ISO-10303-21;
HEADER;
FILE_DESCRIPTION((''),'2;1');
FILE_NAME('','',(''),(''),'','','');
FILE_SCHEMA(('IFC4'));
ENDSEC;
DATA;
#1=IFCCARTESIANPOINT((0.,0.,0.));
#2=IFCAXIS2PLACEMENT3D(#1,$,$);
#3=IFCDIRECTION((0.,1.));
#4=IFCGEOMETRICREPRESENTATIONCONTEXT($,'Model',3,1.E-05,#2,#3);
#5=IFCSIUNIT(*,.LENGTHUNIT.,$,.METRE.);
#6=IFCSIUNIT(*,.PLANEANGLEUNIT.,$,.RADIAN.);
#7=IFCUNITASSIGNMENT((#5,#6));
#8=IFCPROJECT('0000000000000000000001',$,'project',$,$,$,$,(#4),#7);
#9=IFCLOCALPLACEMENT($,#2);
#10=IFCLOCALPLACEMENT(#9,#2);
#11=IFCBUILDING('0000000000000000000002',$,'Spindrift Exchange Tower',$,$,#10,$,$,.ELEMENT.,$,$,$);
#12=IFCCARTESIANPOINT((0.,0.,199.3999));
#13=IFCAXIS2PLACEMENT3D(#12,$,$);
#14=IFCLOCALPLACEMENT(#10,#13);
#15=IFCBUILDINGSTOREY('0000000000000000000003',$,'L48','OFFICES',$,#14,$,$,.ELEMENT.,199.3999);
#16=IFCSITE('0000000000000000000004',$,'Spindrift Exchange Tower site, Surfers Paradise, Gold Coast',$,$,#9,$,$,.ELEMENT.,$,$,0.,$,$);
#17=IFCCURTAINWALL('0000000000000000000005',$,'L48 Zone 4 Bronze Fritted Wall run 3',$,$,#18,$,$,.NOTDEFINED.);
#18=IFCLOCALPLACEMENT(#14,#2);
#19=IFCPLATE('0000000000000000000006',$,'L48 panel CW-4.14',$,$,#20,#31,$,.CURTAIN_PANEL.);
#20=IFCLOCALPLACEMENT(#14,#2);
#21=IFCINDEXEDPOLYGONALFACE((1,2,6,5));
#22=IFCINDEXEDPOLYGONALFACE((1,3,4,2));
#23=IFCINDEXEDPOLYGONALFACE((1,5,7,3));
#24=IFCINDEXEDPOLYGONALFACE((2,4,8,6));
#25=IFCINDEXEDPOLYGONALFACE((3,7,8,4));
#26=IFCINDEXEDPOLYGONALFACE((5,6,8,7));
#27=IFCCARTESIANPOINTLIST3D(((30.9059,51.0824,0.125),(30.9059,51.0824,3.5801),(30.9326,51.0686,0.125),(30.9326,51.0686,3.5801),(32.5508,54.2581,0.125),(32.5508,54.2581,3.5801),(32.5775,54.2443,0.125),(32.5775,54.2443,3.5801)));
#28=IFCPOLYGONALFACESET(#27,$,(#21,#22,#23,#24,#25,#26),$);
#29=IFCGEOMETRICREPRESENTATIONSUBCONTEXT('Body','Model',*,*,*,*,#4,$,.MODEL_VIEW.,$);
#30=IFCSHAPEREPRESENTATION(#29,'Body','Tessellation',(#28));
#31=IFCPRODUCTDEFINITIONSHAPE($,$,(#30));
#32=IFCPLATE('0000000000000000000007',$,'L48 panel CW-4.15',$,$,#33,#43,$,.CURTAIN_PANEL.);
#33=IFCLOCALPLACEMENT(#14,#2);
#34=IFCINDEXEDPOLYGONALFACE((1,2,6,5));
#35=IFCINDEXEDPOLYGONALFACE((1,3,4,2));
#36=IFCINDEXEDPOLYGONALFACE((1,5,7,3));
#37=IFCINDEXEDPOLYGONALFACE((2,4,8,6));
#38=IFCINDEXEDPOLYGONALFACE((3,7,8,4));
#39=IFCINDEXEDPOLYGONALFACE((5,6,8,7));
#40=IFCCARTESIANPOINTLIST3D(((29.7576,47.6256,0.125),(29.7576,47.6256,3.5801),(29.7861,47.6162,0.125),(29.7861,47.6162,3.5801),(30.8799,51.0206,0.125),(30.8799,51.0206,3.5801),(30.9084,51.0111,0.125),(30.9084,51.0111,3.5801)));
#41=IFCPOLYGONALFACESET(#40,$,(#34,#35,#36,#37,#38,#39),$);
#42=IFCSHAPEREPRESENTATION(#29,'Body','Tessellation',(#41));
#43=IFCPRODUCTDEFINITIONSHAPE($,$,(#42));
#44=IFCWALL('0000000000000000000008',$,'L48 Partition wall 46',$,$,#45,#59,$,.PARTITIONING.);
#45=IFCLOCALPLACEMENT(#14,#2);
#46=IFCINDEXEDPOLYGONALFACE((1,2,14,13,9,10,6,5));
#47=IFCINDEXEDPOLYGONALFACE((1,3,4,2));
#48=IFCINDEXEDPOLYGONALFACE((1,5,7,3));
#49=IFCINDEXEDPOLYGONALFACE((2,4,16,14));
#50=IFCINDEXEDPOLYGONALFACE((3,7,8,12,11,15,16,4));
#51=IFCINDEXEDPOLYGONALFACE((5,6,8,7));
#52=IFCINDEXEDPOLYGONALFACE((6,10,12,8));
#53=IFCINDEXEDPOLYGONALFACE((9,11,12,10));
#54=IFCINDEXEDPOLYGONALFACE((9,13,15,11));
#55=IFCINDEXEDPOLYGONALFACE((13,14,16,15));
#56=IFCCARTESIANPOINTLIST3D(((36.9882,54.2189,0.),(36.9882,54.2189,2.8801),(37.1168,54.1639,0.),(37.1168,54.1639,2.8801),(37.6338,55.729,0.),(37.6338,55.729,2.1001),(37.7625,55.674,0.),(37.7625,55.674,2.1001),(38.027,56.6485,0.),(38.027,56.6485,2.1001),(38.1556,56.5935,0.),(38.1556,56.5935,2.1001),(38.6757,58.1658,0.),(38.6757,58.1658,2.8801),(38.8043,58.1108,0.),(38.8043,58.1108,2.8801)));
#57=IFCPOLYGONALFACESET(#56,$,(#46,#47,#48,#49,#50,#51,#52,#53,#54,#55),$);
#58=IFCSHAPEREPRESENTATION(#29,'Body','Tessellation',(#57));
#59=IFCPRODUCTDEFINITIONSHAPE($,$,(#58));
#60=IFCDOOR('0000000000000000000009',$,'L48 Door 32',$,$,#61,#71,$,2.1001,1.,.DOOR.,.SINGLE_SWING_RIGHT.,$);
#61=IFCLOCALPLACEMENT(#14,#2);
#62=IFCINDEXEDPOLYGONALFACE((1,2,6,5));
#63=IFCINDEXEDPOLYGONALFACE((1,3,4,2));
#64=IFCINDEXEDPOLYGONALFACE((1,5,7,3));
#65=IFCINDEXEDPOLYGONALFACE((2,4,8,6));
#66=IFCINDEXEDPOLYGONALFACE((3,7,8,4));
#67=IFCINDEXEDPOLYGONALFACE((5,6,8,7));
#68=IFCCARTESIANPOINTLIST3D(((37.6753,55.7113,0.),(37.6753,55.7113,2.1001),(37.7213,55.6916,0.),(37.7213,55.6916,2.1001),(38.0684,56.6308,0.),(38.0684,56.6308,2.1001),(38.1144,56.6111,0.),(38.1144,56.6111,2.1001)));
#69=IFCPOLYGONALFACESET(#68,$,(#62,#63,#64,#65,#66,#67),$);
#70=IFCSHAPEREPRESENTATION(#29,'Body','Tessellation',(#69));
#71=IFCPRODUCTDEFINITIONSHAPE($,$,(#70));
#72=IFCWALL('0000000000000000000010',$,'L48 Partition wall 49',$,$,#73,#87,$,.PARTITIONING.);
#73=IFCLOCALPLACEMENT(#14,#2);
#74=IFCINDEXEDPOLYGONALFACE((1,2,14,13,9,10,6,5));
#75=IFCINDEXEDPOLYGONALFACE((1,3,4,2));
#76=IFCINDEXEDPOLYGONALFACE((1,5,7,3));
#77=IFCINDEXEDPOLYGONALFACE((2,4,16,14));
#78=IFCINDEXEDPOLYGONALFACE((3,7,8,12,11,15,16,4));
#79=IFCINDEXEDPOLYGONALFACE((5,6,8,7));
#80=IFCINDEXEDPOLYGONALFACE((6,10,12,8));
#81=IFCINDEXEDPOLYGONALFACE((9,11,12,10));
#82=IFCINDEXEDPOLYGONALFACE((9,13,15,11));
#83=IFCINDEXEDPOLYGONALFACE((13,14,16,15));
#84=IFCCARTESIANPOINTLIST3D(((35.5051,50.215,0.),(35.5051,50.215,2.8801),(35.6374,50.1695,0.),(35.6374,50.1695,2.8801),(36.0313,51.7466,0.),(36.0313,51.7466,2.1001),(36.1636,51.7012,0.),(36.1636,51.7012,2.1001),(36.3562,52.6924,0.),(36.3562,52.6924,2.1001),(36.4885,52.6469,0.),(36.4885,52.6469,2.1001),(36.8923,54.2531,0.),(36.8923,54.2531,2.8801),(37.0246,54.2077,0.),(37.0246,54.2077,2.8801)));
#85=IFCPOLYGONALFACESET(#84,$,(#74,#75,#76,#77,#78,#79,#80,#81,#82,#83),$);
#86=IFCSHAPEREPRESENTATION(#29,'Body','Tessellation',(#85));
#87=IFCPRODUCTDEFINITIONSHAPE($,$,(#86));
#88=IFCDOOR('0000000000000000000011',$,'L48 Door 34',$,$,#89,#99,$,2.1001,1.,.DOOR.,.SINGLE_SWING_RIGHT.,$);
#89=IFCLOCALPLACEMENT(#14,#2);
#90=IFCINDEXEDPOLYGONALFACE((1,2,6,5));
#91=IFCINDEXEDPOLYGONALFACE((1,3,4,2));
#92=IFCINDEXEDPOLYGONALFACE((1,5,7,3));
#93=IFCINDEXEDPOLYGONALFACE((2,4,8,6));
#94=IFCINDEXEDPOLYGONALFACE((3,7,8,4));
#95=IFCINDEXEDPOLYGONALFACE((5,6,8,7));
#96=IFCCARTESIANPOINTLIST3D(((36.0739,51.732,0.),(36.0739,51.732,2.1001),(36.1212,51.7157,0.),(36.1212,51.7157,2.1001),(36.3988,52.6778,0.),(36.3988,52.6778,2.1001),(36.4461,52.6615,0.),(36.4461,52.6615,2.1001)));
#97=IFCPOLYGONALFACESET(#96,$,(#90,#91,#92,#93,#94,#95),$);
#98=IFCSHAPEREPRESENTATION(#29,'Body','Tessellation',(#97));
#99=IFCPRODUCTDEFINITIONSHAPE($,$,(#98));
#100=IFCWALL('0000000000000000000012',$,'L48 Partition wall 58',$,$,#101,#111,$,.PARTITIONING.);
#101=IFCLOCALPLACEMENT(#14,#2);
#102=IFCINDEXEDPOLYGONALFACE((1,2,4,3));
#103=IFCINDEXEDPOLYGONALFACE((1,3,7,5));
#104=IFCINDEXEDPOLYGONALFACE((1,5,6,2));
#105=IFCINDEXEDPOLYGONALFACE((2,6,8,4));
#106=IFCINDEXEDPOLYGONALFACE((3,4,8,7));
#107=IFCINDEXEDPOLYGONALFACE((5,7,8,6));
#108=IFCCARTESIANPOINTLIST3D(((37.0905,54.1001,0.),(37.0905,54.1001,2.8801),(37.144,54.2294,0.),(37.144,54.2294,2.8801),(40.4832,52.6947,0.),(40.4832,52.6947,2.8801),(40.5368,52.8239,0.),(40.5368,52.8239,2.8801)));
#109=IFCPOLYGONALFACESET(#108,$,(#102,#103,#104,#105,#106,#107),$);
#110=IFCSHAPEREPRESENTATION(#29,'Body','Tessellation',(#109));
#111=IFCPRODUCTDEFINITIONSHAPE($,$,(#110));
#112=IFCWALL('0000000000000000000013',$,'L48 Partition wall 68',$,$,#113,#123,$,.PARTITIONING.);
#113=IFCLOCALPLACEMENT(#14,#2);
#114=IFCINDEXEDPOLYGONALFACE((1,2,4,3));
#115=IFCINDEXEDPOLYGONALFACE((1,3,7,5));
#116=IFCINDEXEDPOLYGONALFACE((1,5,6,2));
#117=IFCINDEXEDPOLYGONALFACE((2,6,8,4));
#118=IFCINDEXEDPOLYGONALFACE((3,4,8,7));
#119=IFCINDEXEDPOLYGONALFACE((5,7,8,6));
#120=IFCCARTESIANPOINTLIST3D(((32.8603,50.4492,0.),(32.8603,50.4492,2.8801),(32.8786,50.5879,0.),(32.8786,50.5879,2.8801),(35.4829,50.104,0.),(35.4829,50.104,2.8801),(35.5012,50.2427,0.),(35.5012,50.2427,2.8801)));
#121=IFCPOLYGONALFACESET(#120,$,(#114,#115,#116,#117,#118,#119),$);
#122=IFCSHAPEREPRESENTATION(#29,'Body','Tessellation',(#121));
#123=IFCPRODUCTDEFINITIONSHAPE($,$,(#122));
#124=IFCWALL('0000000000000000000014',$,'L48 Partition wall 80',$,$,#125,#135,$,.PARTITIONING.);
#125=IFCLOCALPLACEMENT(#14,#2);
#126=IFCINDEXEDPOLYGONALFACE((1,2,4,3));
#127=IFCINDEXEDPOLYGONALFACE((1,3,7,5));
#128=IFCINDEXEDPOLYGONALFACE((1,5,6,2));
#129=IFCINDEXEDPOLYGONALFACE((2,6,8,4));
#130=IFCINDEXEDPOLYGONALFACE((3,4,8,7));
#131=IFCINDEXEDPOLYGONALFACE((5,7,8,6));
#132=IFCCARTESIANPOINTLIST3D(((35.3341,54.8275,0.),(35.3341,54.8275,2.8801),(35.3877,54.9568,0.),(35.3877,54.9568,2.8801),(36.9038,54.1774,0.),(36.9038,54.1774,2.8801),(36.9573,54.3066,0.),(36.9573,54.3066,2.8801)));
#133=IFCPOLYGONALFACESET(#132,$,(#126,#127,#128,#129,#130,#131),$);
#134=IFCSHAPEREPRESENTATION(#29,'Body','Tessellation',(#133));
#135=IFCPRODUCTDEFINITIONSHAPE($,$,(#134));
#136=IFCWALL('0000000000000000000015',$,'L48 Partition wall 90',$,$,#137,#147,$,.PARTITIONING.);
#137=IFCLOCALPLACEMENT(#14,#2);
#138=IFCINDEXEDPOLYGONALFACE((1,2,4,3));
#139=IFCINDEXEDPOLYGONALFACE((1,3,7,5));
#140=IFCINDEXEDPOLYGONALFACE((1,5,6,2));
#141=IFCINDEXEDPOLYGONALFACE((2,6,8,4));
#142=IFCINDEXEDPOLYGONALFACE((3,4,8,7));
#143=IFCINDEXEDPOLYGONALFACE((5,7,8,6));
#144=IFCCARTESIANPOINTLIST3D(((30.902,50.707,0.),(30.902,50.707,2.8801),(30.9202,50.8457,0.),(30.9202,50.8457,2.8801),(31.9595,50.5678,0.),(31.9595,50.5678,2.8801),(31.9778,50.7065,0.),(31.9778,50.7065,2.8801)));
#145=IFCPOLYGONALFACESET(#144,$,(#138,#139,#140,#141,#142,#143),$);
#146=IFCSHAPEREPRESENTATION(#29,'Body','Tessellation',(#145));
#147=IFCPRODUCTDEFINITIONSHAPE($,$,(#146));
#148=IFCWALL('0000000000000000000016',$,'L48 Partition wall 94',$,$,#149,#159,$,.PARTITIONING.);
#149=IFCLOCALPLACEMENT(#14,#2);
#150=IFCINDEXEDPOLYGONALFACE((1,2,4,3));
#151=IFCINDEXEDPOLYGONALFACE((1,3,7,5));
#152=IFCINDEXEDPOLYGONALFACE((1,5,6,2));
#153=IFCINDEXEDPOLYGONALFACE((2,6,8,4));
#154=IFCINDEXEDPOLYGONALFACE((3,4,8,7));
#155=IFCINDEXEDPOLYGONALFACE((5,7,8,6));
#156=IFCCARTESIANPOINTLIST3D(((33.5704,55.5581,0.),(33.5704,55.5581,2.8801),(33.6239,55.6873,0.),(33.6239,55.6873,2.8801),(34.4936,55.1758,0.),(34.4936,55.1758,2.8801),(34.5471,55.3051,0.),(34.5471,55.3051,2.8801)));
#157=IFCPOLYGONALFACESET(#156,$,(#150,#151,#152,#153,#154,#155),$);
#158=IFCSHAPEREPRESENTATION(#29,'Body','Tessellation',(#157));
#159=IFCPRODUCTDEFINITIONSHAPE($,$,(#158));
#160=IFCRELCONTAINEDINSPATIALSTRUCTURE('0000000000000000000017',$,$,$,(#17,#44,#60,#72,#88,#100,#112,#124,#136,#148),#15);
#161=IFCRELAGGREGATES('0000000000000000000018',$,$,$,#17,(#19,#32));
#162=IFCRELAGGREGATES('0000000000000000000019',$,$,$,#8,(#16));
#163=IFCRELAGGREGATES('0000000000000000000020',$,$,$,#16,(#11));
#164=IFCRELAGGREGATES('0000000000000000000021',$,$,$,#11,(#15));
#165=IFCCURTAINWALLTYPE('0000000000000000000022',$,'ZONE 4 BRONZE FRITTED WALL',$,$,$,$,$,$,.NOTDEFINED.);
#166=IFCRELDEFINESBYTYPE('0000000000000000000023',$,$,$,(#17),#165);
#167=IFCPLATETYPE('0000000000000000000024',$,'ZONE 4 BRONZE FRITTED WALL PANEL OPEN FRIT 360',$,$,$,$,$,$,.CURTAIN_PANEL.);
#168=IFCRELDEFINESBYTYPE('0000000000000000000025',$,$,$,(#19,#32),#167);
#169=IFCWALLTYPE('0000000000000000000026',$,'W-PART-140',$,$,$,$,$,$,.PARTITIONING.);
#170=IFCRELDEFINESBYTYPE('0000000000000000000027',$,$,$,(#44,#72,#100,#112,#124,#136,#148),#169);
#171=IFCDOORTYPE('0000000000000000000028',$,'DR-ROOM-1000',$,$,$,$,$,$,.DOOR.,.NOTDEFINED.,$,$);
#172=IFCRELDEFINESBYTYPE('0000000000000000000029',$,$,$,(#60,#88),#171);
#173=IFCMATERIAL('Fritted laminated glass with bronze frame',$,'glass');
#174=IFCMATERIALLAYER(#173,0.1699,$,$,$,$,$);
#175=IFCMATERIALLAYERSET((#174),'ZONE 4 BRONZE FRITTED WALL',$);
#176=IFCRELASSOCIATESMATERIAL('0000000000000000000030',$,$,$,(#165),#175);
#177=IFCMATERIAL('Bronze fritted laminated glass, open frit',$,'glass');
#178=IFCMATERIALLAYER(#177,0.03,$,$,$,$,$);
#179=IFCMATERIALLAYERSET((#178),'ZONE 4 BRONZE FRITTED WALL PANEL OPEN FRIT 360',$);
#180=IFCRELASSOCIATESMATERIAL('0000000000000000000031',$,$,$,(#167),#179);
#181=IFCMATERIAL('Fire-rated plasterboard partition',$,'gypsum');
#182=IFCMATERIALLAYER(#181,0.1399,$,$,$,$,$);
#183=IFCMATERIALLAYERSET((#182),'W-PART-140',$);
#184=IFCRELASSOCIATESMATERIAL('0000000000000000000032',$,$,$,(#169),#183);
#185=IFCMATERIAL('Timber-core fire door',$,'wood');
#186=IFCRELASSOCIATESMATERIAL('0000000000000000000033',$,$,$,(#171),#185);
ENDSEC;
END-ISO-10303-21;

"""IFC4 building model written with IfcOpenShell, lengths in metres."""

from ifc_helpers import new_model, si_unit, direction, frame, frame_2d, origin, origin_2d, place, context, subcontext, project, spatial, rectangle, extrude, source, transform, mapped, material, layer, layer_set, type_object, element, fill, aggregate, save


model = new_model("IFC4")

# Units and contexts
model_context = context("Model", 3, precision=1e-05, world=origin(), true_north=direction((0.0, 1.0)))
body_context = subcontext(model_context, "Body", "Model", "MODEL_VIEW")
ifc_project = project(units=[si_unit("LENGTHUNIT", "METRE"), si_unit("PLANEANGLEUNIT", "RADIAN")], contexts=[model_context])

# Site, building, storey
site_placement = place(None, origin())
site = spatial("IfcSite", under=ifc_project, at=site_placement, Name="Spindrift Exchange Tower site, Surfers Paradise, Gold Coast", CompositionType="ELEMENT", RefElevation=0.0)
building_placement = place(site_placement, origin())
building = spatial("IfcBuilding", under=site, at=building_placement, Name="Spindrift Exchange Tower", CompositionType="ELEMENT")
storey_placement = place(building_placement, frame((0.0, 0.0, 199.3999)))
storey = spatial("IfcBuildingStorey", under=building, at=storey_placement, Name="L48", Description="OFFICES", CompositionType="ELEMENT", Elevation=199.3999)

# Curtain wall, plates
ifc_material_1 = material(Name="Fritted laminated glass with bronze frame", Category="glass")
ifc_layer_1 = layer(ifc_material_1, 0.1699)
ifc_layer_set_1 = layer_set([ifc_layer_1], Name="ZONE 4 BRONZE FRITTED WALL")
curtain_wall_type = type_object("IfcCurtainWallType", Name="ZONE 4 BRONZE FRITTED WALL", PredefinedType="NOTDEFINED", material=ifc_layer_set_1)
curtain_wall_placement = place(storey_placement, origin())
curtain_wall = element("IfcCurtainWall", 1, at=curtain_wall_placement, inside=storey, type_object=curtain_wall_type, Name="L48 Zone 4 Bronze Fritted Wall run 3", PredefinedType="NOTDEFINED")
ifc_material_2 = material(Name="Bronze fritted laminated glass, open frit", Category="glass")
ifc_layer_2 = layer(ifc_material_2, 0.03)
ifc_layer_set_2 = layer_set([ifc_layer_2], Name="ZONE 4 BRONZE FRITTED WALL PANEL OPEN FRIT 360")
plate_type = type_object("IfcPlateType", Name="ZONE 4 BRONZE FRITTED WALL PANEL OPEN FRIT 360", PredefinedType="CURTAIN_PANEL", material=ifc_layer_set_2)
shared_shape_1 = source(origin(), body_context, "Body", "SweptSolid", [
    extrude(rectangle(XDim=3.5764, YDim=0.03, at=origin_2d()), origin(), (0.0, 0.0, 1.0), 3.4551),
])
plate_1_placement = place(storey_placement, frame((31.7417, 52.6633, 0.125), z_axis=(0.0, 0.0, 1.0), x_axis=(-0.459943, -0.887949, 0.0)))
plate_1 = element("IfcPlate", 2, at=plate_1_placement, type_object=plate_type, Name="L48 panel CW-4.14", PredefinedType="CURTAIN_PANEL", context=body_context, shape_type="MappedRepresentation", body=[
    mapped(shared_shape_1, transform((0.0, 0.0, 0.0), scale=1.0)),
])
shared_shape_2 = source(origin(), body_context, "Body", "SweptSolid", [
    extrude(rectangle(XDim=3.5757, YDim=0.03, at=origin_2d()), origin(), (0.0, 0.0, 1.0), 3.4551),
])
plate_2_placement = place(storey_placement, frame((30.333, 49.3184, 0.125), z_axis=(0.0, 0.0, 1.0), x_axis=(-0.313878, -0.949463, 0.0)))
plate_2 = element("IfcPlate", 3, at=plate_2_placement, type_object=plate_type, Name="L48 panel CW-4.15", PredefinedType="CURTAIN_PANEL", context=body_context, shape_type="MappedRepresentation", body=[
    mapped(shared_shape_2, transform((0.0, 0.0, 0.0), scale=1.0)),
])
aggregate(curtain_wall, [plate_1, plate_2])

# Walls, openings, doors
ifc_material_3 = material(Name="Fire-rated plasterboard partition", Category="gypsum")
ifc_layer_3 = layer(ifc_material_3, 0.1399)
ifc_layer_set_3 = layer_set([ifc_layer_3], Name="W-PART-140")
wall_type = type_object("IfcWallType", Name="W-PART-140", PredefinedType="PARTITIONING", material=ifc_layer_set_3)
wall_1_placement = place(storey_placement, frame((37.0525, 54.1914, 0.0), z_axis=(0.0, 0.0, 1.0), x_axis=(0.393137, 0.91948, 0.0)))
wall_1 = element("IfcWall", 4, at=wall_1_placement, inside=storey, type_object=wall_type, Name="L48 Partition wall 46", PredefinedType="PARTITIONING", context=body_context, shape_type="SweptSolid", body=[
    extrude(rectangle(XDim=4.2925, YDim=0.1399, at=frame_2d((2.1462, 0.0))), origin(), (0.0, 0.0, 1.0), 2.8801),
])
opening_1_placement = place(wall_1_placement, frame((1.6423, 0.0, 0.0)))
opening_1 = element("IfcOpeningElement", 5, at=opening_1_placement, cuts=wall_1, PredefinedType="OPENING", context=body_context, shape_type="SweptSolid", body=[
    extrude(rectangle(XDim=1.0, YDim=2.1001, at=frame_2d((0.5, 1.05))), frame((0.0, 0.0798, 0.0), z_axis=(0.0, -1.0, 0.0), x_axis=(1.0, 0.0, 0.0)), (0.0, 0.0, 1.0), 0.1599),
])
ifc_material_4 = material(Name="Timber-core fire door", Category="wood")
door_type = type_object("IfcDoorType", Name="DR-ROOM-1000", OperationType="NOTDEFINED", PredefinedType="DOOR", material=ifc_material_4)
shared_shape_3 = source(origin(), body_context, "Body", "SweptSolid", [
    extrude(rectangle(XDim=1.0, YDim=2.1001, at=frame_2d((0.5, 1.05))), frame((0.0, 0.0249, 0.0), z_axis=(0.0, -1.0, 0.0), x_axis=(1.0, 0.0, 0.0)), (0.0, 0.0, 1.0), 0.05),
])
door_1_placement = place(opening_1_placement, origin())
door_1 = element("IfcDoor", 6, at=door_1_placement, inside=storey, type_object=door_type, Name="L48 Door 32", OperationType="SINGLE_SWING_RIGHT", OverallHeight=2.1001, OverallWidth=1.0, PredefinedType="DOOR", context=body_context, shape_type="MappedRepresentation", body=[
    mapped(shared_shape_3, transform((0.0, 0.0, 0.0), scale=1.0)),
])
fill(opening_1, door_1)
wall_2_placement = place(storey_placement, frame((35.5713, 50.1924, 0.0), z_axis=(0.0, 0.0, 1.0), x_axis=(0.324894, 0.94575, 0.0)))
wall_2 = element("IfcWall", 7, at=wall_2_placement, inside=storey, type_object=wall_type, Name="L48 Partition wall 49", PredefinedType="PARTITIONING", context=body_context, shape_type="SweptSolid", body=[
    extrude(rectangle(XDim=4.2698, YDim=0.1399, at=frame_2d((2.1348, 0.0))), origin(), (0.0, 0.0, 1.0), 2.8801),
])
opening_2_placement = place(wall_2_placement, frame((1.6194, 0.0, 0.0)))
opening_2 = element("IfcOpeningElement", 8, at=opening_2_placement, cuts=wall_2, PredefinedType="OPENING", context=body_context, shape_type="SweptSolid", body=[
    extrude(rectangle(XDim=1.0, YDim=2.1001, at=frame_2d((0.5, 1.05))), frame((0.0, 0.0798, 0.0), z_axis=(0.0, -1.0, 0.0), x_axis=(1.0, 0.0, 0.0)), (0.0, 0.0, 1.0), 0.1599),
])
door_2_placement = place(opening_2_placement, origin())
door_2 = element("IfcDoor", 9, at=door_2_placement, inside=storey, type_object=door_type, Name="L48 Door 34", OperationType="SINGLE_SWING_RIGHT", OverallHeight=2.1001, OverallWidth=1.0, PredefinedType="DOOR", context=body_context, shape_type="MappedRepresentation", body=[
    mapped(shared_shape_3, transform((0.0, 0.0, 0.0), scale=1.0)),
])
fill(opening_2, door_2)

# Walls
wall_3_placement = place(storey_placement, frame((40.51, 52.7593, 0.0), z_axis=(0.0, 0.0, 1.0), x_axis=(-0.923864, 0.382722, 0.0)))
element("IfcWall", 10, at=wall_3_placement, inside=storey, type_object=wall_type, Name="L48 Partition wall 58", PredefinedType="PARTITIONING", context=body_context, shape_type="SweptSolid", body=[
    extrude(rectangle(XDim=3.6724, YDim=0.1399, at=frame_2d((1.8362, 0.0))), origin(), (0.0, 0.0, 1.0), 2.8801),
])
wall_4_placement = place(storey_placement, frame((35.4922, 50.1733, 0.0), z_axis=(0.0, 0.0, 1.0), x_axis=(-0.991447, 0.130507, 0.0)))
element("IfcWall", 11, at=wall_4_placement, inside=storey, type_object=wall_type, Name="L48 Partition wall 68", PredefinedType="PARTITIONING", context=body_context, shape_type="SweptSolid", body=[
    extrude(rectangle(XDim=2.6453, YDim=0.1399, at=frame_2d((1.3228, 0.0))), origin(), (0.0, 0.0, 1.0), 2.8801),
])
wall_5_placement = place(storey_placement, frame((36.9307, 54.2419, 0.0), z_axis=(0.0, 0.0, 1.0), x_axis=(-0.923878, 0.382686, 0.0)))
element("IfcWall", 12, at=wall_5_placement, inside=storey, type_object=wall_type, Name="L48 Partition wall 80", PredefinedType="PARTITIONING", context=body_context, shape_type="SweptSolid", body=[
    extrude(rectangle(XDim=1.699, YDim=0.1399, at=frame_2d((0.8496, 0.0))), origin(), (0.0, 0.0, 1.0), 2.8801),
])
wall_6_placement = place(storey_placement, frame((31.9685, 50.6372, 0.0), z_axis=(0.0, 0.0, 1.0), x_axis=(-0.991454, 0.130455, 0.0)))
element("IfcWall", 13, at=wall_6_placement, inside=storey, type_object=wall_type, Name="L48 Partition wall 90", PredefinedType="PARTITIONING", context=body_context, shape_type="SweptSolid", body=[
    extrude(rectangle(XDim=1.0667, YDim=0.1399, at=frame_2d((0.5332, 0.0))), origin(), (0.0, 0.0, 1.0), 2.8801),
])
wall_7_placement = place(storey_placement, frame((34.5203, 55.2405, 0.0), z_axis=(0.0, 0.0, 1.0), x_axis=(-0.923928, 0.382568, 0.0)))
element("IfcWall", 14, at=wall_7_placement, inside=storey, type_object=wall_type, Name="L48 Partition wall 94", PredefinedType="PARTITIONING", context=body_context, shape_type="SweptSolid", body=[
    extrude(rectangle(XDim=0.9993, YDim=0.1399, at=frame_2d((0.4995, 0.0))), origin(), (0.0, 0.0, 1.0), 2.8801),
])

save(model, "model.ifc")
